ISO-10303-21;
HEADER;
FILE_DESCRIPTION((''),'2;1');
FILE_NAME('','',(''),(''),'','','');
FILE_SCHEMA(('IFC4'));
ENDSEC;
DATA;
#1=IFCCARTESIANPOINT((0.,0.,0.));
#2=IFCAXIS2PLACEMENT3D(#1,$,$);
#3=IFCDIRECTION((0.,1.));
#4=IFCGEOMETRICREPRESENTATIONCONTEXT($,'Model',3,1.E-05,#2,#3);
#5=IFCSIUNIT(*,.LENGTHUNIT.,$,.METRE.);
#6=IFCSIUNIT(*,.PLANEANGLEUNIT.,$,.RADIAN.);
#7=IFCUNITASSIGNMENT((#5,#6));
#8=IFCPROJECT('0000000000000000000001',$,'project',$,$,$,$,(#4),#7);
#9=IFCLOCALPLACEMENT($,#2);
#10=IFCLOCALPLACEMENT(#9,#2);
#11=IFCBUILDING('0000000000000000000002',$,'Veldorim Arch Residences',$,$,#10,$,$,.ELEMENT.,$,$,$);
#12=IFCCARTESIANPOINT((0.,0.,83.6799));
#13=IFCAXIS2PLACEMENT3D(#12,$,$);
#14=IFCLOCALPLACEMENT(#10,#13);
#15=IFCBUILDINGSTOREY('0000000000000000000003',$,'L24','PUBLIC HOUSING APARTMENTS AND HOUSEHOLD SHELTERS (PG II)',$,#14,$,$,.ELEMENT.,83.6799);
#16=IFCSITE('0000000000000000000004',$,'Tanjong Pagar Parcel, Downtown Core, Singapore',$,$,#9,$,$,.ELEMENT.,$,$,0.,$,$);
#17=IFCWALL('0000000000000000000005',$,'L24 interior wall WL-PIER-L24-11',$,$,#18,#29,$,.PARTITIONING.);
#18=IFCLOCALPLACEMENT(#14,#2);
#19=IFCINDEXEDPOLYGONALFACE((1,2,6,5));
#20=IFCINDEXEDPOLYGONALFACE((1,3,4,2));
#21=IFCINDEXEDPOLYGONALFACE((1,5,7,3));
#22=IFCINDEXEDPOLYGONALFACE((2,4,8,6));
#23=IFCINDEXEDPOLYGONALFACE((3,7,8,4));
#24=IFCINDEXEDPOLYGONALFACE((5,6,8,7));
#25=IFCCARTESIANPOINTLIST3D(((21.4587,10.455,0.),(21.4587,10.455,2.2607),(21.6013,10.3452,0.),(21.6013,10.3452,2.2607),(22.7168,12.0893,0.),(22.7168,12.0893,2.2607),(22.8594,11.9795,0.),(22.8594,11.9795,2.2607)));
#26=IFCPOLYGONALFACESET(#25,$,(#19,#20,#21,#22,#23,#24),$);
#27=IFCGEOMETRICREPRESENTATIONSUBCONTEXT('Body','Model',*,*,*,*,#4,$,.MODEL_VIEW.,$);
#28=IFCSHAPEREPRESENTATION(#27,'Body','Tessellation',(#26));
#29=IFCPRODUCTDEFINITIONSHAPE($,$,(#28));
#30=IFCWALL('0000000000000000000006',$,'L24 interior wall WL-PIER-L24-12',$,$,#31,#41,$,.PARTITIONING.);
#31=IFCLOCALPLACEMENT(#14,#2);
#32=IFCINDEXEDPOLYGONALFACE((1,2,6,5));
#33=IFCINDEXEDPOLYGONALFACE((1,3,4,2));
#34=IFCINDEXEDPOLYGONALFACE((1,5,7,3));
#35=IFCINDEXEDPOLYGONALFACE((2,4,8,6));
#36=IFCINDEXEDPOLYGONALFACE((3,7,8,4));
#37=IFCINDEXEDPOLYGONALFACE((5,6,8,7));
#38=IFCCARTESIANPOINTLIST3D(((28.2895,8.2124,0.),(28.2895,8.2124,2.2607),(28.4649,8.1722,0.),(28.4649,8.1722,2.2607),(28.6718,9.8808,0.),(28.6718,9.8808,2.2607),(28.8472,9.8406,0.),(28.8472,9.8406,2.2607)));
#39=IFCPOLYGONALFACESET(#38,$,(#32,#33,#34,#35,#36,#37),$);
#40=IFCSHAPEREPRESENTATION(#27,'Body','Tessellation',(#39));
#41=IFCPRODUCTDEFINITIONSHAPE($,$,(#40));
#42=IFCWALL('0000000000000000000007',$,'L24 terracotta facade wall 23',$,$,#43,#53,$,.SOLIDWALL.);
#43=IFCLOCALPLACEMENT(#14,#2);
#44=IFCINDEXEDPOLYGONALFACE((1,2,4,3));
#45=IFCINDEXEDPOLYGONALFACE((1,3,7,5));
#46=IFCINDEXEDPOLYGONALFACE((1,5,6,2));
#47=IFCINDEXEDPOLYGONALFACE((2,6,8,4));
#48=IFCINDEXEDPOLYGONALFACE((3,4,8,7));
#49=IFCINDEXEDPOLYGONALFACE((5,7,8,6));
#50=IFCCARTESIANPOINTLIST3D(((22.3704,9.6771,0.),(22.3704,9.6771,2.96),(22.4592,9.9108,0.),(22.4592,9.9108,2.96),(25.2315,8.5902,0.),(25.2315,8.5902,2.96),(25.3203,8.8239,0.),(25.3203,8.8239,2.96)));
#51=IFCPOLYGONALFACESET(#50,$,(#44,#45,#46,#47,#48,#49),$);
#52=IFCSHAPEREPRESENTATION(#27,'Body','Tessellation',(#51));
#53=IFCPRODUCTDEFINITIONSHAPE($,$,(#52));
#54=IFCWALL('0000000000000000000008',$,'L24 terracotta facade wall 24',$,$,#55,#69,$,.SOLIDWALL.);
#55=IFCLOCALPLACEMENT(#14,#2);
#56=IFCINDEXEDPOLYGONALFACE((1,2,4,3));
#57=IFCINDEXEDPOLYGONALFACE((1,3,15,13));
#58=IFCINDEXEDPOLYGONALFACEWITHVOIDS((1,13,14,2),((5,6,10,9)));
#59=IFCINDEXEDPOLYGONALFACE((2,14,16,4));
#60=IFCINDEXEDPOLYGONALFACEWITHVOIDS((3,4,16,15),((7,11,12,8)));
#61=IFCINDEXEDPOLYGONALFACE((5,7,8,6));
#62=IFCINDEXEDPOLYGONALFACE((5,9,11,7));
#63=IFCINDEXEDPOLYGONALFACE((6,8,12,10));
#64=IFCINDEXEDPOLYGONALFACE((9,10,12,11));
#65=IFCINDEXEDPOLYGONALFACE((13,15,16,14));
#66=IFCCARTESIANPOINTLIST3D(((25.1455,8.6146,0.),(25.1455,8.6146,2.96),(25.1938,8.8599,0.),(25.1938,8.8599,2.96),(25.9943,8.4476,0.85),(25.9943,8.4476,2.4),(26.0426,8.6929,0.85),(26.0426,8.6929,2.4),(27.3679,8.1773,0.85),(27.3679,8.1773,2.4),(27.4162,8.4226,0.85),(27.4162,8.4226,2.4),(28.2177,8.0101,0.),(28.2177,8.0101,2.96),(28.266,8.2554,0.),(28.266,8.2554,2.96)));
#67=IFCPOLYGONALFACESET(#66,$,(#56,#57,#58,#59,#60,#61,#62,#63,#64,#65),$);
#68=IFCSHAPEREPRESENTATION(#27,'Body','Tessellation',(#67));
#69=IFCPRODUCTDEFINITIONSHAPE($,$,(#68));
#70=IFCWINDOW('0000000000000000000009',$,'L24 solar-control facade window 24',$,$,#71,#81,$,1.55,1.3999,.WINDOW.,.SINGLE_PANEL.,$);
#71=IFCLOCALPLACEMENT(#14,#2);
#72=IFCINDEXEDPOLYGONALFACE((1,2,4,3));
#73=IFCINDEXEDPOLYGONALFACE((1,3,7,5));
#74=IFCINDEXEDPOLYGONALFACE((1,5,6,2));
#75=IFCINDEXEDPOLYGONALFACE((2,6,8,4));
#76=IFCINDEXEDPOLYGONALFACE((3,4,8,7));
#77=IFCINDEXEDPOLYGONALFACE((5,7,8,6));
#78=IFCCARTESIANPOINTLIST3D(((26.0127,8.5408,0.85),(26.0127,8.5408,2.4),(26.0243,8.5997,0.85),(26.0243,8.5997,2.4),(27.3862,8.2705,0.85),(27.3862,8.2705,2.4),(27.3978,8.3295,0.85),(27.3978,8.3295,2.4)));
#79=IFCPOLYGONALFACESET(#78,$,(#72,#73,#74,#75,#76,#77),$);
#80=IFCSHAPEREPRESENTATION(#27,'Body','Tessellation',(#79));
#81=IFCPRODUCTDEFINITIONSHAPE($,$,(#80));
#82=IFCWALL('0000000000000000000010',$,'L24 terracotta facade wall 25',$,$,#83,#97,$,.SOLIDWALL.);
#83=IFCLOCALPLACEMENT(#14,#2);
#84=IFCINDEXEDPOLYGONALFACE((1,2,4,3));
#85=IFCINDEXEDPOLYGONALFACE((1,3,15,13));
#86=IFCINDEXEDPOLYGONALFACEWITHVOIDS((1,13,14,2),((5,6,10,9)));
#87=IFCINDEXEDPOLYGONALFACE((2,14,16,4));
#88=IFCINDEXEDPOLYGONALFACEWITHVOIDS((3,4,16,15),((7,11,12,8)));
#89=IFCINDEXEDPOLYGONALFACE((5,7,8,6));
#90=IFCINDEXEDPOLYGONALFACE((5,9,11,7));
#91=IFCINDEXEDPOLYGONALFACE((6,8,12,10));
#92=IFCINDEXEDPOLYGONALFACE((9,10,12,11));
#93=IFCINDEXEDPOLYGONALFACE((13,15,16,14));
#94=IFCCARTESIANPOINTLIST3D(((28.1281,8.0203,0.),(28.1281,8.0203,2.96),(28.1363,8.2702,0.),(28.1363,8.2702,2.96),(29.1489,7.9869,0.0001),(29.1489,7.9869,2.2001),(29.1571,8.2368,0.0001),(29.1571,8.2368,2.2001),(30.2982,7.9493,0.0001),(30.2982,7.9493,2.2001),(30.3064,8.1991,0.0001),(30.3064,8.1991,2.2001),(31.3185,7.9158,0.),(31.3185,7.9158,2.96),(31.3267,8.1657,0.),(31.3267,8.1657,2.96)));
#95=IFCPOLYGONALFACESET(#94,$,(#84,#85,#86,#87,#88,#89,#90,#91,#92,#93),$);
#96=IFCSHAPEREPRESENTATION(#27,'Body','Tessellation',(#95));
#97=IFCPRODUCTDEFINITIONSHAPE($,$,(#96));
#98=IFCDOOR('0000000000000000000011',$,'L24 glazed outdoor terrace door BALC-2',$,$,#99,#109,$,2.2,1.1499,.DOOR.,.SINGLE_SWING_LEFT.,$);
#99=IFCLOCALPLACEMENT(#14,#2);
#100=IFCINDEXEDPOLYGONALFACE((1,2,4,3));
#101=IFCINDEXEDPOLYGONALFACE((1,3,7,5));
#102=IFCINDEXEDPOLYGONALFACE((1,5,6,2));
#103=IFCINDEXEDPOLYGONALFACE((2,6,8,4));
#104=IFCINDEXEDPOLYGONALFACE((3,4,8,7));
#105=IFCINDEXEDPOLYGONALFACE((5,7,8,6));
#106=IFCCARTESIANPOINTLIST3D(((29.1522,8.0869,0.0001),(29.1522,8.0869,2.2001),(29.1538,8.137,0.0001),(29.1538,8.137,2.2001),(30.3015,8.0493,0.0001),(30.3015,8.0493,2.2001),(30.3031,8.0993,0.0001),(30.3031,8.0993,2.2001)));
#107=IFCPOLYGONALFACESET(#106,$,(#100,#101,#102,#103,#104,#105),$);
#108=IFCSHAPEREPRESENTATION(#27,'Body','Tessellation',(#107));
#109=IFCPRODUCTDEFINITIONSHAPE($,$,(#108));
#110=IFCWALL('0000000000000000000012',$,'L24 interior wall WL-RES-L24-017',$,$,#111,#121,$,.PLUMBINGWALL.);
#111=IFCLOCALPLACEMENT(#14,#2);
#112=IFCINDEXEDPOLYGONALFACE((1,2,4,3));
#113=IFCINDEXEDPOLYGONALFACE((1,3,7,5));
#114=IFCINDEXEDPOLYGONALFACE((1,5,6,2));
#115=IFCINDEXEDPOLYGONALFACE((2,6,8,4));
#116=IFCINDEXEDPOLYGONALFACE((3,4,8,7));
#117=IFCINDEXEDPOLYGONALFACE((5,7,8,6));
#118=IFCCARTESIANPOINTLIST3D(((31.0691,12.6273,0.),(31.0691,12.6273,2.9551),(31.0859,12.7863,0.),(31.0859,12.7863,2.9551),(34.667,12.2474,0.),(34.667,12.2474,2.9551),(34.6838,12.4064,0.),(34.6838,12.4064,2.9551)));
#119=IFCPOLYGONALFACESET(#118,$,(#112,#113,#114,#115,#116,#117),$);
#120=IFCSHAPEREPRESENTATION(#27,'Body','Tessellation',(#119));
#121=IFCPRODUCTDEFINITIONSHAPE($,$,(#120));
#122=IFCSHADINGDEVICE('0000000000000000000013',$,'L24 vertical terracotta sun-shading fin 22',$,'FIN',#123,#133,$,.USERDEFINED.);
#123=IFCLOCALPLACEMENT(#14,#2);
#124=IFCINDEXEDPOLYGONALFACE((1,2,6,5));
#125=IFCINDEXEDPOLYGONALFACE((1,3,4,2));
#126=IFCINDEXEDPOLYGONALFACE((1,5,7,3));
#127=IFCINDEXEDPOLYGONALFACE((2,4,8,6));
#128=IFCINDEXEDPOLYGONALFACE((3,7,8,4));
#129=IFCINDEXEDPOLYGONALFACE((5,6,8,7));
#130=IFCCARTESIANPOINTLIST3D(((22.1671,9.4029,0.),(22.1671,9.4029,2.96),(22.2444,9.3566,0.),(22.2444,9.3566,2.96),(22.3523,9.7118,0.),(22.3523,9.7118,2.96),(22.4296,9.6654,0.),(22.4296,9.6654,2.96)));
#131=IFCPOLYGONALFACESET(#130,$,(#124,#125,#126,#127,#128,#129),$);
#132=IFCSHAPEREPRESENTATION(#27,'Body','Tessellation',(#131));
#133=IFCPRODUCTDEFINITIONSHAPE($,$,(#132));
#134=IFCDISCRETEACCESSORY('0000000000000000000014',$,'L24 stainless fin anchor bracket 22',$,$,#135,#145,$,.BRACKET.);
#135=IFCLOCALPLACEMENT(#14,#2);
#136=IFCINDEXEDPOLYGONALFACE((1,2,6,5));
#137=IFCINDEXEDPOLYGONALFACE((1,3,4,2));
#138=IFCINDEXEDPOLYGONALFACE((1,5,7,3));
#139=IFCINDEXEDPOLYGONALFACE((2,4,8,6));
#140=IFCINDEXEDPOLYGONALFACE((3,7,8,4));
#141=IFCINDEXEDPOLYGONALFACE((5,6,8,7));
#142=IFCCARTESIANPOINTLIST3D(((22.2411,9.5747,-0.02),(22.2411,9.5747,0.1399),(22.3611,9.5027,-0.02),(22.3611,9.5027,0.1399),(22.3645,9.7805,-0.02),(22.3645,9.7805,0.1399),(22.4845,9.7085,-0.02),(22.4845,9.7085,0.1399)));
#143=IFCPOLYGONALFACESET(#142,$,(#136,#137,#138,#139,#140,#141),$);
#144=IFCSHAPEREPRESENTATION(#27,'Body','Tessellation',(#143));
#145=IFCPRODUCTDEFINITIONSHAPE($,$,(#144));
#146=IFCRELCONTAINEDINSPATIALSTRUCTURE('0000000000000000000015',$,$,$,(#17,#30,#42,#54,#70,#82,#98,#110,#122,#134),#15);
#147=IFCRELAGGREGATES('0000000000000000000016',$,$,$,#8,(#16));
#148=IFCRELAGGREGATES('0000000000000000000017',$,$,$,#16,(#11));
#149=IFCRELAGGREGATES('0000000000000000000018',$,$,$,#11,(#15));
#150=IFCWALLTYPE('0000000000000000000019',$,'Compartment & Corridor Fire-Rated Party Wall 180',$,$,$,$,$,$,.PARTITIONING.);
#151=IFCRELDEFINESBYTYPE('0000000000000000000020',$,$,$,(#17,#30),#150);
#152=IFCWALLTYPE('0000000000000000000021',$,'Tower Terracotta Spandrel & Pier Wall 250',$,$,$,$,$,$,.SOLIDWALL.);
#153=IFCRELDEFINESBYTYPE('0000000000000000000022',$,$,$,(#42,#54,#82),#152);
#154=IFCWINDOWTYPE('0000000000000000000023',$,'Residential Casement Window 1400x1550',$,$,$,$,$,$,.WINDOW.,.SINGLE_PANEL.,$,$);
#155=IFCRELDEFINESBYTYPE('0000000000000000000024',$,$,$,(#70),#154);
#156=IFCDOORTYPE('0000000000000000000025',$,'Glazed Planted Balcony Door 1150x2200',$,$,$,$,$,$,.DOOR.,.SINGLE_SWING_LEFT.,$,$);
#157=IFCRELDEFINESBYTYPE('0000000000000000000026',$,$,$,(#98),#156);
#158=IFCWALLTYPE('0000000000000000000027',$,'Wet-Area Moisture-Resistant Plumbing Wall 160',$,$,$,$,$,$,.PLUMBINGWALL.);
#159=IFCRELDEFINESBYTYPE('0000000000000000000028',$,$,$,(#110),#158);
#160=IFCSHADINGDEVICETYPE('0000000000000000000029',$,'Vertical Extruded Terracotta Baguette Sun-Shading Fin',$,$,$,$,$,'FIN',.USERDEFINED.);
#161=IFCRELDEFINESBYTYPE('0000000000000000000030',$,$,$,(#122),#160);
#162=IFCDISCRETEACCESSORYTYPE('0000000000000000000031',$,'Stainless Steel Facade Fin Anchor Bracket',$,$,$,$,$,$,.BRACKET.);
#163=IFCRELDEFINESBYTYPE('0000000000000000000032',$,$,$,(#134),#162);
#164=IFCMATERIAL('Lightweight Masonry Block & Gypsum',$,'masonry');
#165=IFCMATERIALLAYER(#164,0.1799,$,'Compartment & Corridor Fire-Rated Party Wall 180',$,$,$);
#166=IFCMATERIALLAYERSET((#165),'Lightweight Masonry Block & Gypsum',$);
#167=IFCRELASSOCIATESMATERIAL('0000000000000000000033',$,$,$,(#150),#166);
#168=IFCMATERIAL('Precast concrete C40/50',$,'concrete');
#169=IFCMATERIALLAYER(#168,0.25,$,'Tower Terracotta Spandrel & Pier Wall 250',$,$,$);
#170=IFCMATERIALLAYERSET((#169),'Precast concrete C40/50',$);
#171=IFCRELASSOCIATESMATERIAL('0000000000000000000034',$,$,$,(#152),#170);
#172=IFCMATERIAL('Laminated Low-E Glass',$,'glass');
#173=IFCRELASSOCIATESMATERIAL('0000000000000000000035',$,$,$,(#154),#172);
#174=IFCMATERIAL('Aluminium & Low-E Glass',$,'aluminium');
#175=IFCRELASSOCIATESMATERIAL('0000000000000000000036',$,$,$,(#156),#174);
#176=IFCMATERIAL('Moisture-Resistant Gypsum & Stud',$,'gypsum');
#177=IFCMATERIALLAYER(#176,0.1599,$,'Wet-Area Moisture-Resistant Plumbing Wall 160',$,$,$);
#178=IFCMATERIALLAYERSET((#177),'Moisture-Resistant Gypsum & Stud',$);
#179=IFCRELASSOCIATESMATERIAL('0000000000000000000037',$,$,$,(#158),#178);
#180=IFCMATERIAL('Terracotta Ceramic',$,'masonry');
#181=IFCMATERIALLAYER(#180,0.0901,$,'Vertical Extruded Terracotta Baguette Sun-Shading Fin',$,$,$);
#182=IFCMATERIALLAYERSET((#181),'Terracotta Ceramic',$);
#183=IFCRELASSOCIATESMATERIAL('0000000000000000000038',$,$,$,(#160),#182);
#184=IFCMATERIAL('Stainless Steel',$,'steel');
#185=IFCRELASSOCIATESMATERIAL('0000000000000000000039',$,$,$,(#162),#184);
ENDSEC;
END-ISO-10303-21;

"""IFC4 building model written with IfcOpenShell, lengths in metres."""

from ifc_helpers import new_model, si_unit, direction, frame, frame_2d, origin, origin_2d, place, context, subcontext, project, spatial, rectangle, extrude, material, layer, layer_set, type_object, element, fill, save


model = new_model("IFC4")

# Units and contexts
model_context = context("Model", 3, precision=1e-05, world=origin(), true_north=direction((0.0, 1.0)))
body_context = subcontext(model_context, "Body", "Model", "MODEL_VIEW")
ifc_project = project(units=[si_unit("LENGTHUNIT", "METRE"), si_unit("PLANEANGLEUNIT", "RADIAN")], contexts=[model_context])

# Site, building, storey
site_placement = place(None, origin())
site = spatial("IfcSite", under=ifc_project, at=site_placement, Name="Tanjong Pagar Parcel, Downtown Core, Singapore", CompositionType="ELEMENT", RefElevation=0.0)
building_placement = place(site_placement, origin())
building = spatial("IfcBuilding", under=site, at=building_placement, Name="Veldorim Arch Residences", CompositionType="ELEMENT")
storey_placement = place(building_placement, frame((0.0, 0.0, 83.6799)))
storey = spatial("IfcBuildingStorey", under=building, at=storey_placement, Name="L24", Description="PUBLIC HOUSING APARTMENTS AND HOUSEHOLD SHELTERS (PG II)", CompositionType="ELEMENT", Elevation=83.6799)

# Walls
ifc_material_1 = material(Name="Lightweight Masonry Block & Gypsum", Category="masonry")
ifc_layer_1 = layer(ifc_material_1, 0.1799, Name="Compartment & Corridor Fire-Rated Party Wall 180")
ifc_layer_set_1 = layer_set([ifc_layer_1], Name="Lightweight Masonry Block & Gypsum")
wall_type_1 = type_object("IfcWallType", Name="Compartment & Corridor Fire-Rated Party Wall 180", PredefinedType="PARTITIONING", material=ifc_layer_set_1)
wall_1_placement = place(storey_placement, frame((22.7881, 12.0344, 0.0), z_axis=(0.0, 0.0, 1.0), x_axis=(-0.609991, -0.792408, 0.0)))
element("IfcWall", 1, at=wall_1_placement, inside=storey, type_object=wall_type_1, Name="L24 interior wall WL-PIER-L24-11", PredefinedType="PARTITIONING", context=body_context, shape_type="SweptSolid", body=[
    extrude(rectangle(XDim=2.0625, YDim=0.1799, at=frame_2d((1.0312, 0.0))), origin(), (0.0, 0.0, 1.0), 2.2607),
])
wall_2_placement = place(storey_placement, frame((28.7595, 9.8608, 0.0), z_axis=(0.0, 0.0, 1.0), x_axis=(-0.223359, -0.974736, 0.0)))
element("IfcWall", 2, at=wall_2_placement, inside=storey, type_object=wall_type_1, Name="L24 interior wall WL-PIER-L24-12", PredefinedType="PARTITIONING", context=body_context, shape_type="SweptSolid", body=[
    extrude(rectangle(XDim=1.7117, YDim=0.1799, at=frame_2d((0.856, 0.0))), origin(), (0.0, 0.0, 1.0), 2.2607),
])
ifc_material_2 = material(Name="Precast concrete C40/50", Category="concrete")
ifc_layer_2 = layer(ifc_material_2, 0.25, Name="Tower Terracotta Spandrel & Pier Wall 250")
ifc_layer_set_2 = layer_set([ifc_layer_2], Name="Precast concrete C40/50")
wall_type_2 = type_object("IfcWallType", Name="Tower Terracotta Spandrel & Pier Wall 250", PredefinedType="SOLIDWALL", material=ifc_layer_set_2)
wall_3_placement = place(storey_placement, frame((25.2759, 8.707, 0.0), z_axis=(0.0, 0.0, 1.0), x_axis=(-0.934816, 0.355133, 0.0)))
element("IfcWall", 3, at=wall_3_placement, inside=storey, type_object=wall_type_2, Name="L24 terracotta facade wall 23", PredefinedType="SOLIDWALL", context=body_context, shape_type="SweptSolid", body=[
    extrude(rectangle(XDim=3.0605, YDim=0.25, at=frame_2d((1.5303, 0.0))), origin(), (0.0, 0.0, 1.0), 2.96),
])

# Wall, opening, window
wall_4_placement = place(storey_placement, frame((28.2417, 8.1328, 0.0), z_axis=(0.0, 0.0, 1.0), x_axis=(-0.981188, 0.193056, 0.0)))
wall_4 = element("IfcWall", 4, at=wall_4_placement, inside=storey, type_object=wall_type_2, Name="L24 terracotta facade wall 24", PredefinedType="SOLIDWALL", context=body_context, shape_type="SweptSolid", body=[
    extrude(rectangle(XDim=3.1311, YDim=0.25, at=frame_2d((1.5654, 0.0))), origin(), (0.0, 0.0, 1.0), 2.96),
])
opening_1_placement = place(wall_4_placement, frame((0.866, 0.0, 0.8501)))
opening_1 = element("IfcOpeningElement", 5, at=opening_1_placement, cuts=wall_4, PredefinedType="OPENING", context=body_context, shape_type="SweptSolid", body=[
    extrude(rectangle(XDim=1.3999, YDim=1.55, at=frame_2d((0.7, 0.7749))), frame((0.0, 0.135, 0.0), z_axis=(0.0, -1.0, 0.0), x_axis=(1.0, 0.0, 0.0)), (0.0, 0.0, 1.0), 0.27),
])
ifc_material_3 = material(Name="Laminated Low-E Glass", Category="glass")
window_type = type_object("IfcWindowType", Name="Residential Casement Window 1400x1550", PartitioningType="SINGLE_PANEL", PredefinedType="WINDOW", material=ifc_material_3)
window_placement = place(opening_1_placement, origin())
window = element("IfcWindow", 6, at=window_placement, inside=storey, type_object=window_type, Name="L24 solar-control facade window 24", OverallHeight=1.55, OverallWidth=1.3999, PartitioningType="SINGLE_PANEL", PredefinedType="WINDOW", context=body_context, shape_type="SweptSolid", body=[
    extrude(rectangle(XDim=1.3999, YDim=1.55, at=frame_2d((0.7, 0.7749))), frame((0.0, 0.03, 0.0), z_axis=(0.0, -1.0, 0.0), x_axis=(1.0, 0.0, 0.0)), (0.0, 0.0, 1.0), 0.0601),
])
fill(opening_1, window)

# Wall, opening, door
wall_5_placement = place(storey_placement, frame((31.3228, 8.0408, 0.0), z_axis=(0.0, 0.0, 1.0), x_axis=(-0.999464, 0.032734, 0.0)))
wall_5 = element("IfcWall", 7, at=wall_5_placement, inside=storey, type_object=wall_type_2, Name="L24 terracotta facade wall 25", PredefinedType="SOLIDWALL", context=body_context, shape_type="SweptSolid", body=[
    extrude(rectangle(XDim=3.1921, YDim=0.25, at=frame_2d((1.5962, 0.0))), origin(), (0.0, 0.0, 1.0), 2.96),
])
opening_2_placement = place(wall_5_placement, frame((1.021, 0.0, 0.0)))
opening_2 = element("IfcOpeningElement", 8, at=opening_2_placement, cuts=wall_5, PredefinedType="OPENING", context=body_context, shape_type="SweptSolid", body=[
    extrude(rectangle(XDim=1.1499, YDim=2.2, at=frame_2d((0.575, 1.1001))), frame((0.0, 0.135, 0.0), z_axis=(0.0, -1.0, 0.0), x_axis=(1.0, 0.0, 0.0)), (0.0, 0.0, 1.0), 0.27),
])
ifc_material_4 = material(Name="Aluminium & Low-E Glass", Category="aluminium")
door_type_1 = type_object("IfcDoorType", Name="Glazed Planted Balcony Door 1150x2200", OperationType="SINGLE_SWING_LEFT", PredefinedType="DOOR", material=ifc_material_4)
door_1_placement = place(opening_2_placement, origin())
door_1 = element("IfcDoor", 9, at=door_1_placement, inside=storey, type_object=door_type_1, Name="L24 glazed outdoor terrace door BALC-2", OperationType="SINGLE_SWING_LEFT", OverallHeight=2.2, OverallWidth=1.1499, PredefinedType="DOOR", context=body_context, shape_type="SweptSolid", body=[
    extrude(rectangle(XDim=1.1499, YDim=2.2, at=frame_2d((0.575, 1.1001))), frame((0.0, 0.0249, 0.0), z_axis=(0.0, -1.0, 0.0), x_axis=(1.0, 0.0, 0.0)), (0.0, 0.0, 1.0), 0.05),
])
fill(opening_2, door_1)

# Wall
ifc_material_5 = material(Name="Moisture-Resistant Gypsum & Stud", Category="gypsum")
ifc_layer_3 = layer(ifc_material_5, 0.1599, Name="Wet-Area Moisture-Resistant Plumbing Wall 160")
ifc_layer_set_3 = layer_set([ifc_layer_3], Name="Moisture-Resistant Gypsum & Stud")
wall_type_3 = type_object("IfcWallType", Name="Wet-Area Moisture-Resistant Plumbing Wall 160", PredefinedType="PLUMBINGWALL", material=ifc_layer_set_3)
wall_6_placement = place(storey_placement, frame((31.0774, 12.7068, 0.0), z_axis=(0.0, 0.0, 1.0), x_axis=(0.994472, -0.105001, 0.0)))
element("IfcWall", 10, at=wall_6_placement, inside=storey, type_object=wall_type_3, Name="L24 interior wall WL-RES-L24-017", PredefinedType="PLUMBINGWALL", context=body_context, shape_type="SweptSolid", body=[
    extrude(rectangle(XDim=3.6179, YDim=0.1599, at=frame_2d((1.8091, 0.0))), origin(), (0.0, 0.0, 1.0), 2.9551),
])

# Shading device
ifc_material_6 = material(Name="Terracotta Ceramic", Category="masonry")
ifc_layer_4 = layer(ifc_material_6, 0.0901, Name="Vertical Extruded Terracotta Baguette Sun-Shading Fin")
ifc_layer_set_4 = layer_set([ifc_layer_4], Name="Terracotta Ceramic")
shading_device_type = type_object("IfcShadingDeviceType", Name="Vertical Extruded Terracotta Baguette Sun-Shading Fin", ElementType="FIN", PredefinedType="USERDEFINED", material=ifc_layer_set_4)
shading_device_placement = place(storey_placement, frame((22.2983, 9.5342, 0.0), z_axis=(0.0, 0.0, 1.0), x_axis=(-0.857616, 0.51429, 0.0)))
element("IfcShadingDevice", 11, at=shading_device_placement, inside=storey, type_object=shading_device_type, Name="L24 vertical terracotta sun-shading fin 22", ObjectType="FIN", PredefinedType="USERDEFINED", context=body_context, shape_type="SweptSolid", body=[
    extrude(rectangle(XDim=0.0901, YDim=0.3601, at=origin_2d()), origin(), (0.0, 0.0, 1.0), 2.96),
])

# Discrete accessory
ifc_material_7 = material(Name="Stainless Steel", Category="steel")
discrete_accessory_type = type_object("IfcDiscreteAccessoryType", Name="Stainless Steel Facade Fin Anchor Bracket", PredefinedType="BRACKET", material=ifc_material_7)
discrete_accessory_placement = place(storey_placement, frame((22.3628, 9.6416, -0.02), z_axis=(0.0, 0.0, 1.0), x_axis=(-0.857616, 0.51429, 0.0)))
element("IfcDiscreteAccessory", 12, at=discrete_accessory_placement, inside=storey, type_object=discrete_accessory_type, Name="L24 stainless fin anchor bracket 22", PredefinedType="BRACKET", context=body_context, shape_type="SweptSolid", body=[
    extrude(rectangle(XDim=0.1399, YDim=0.24, at=origin_2d()), origin(), (0.0, 0.0, 1.0), 0.1599),
])

save(model, "model.ifc")
